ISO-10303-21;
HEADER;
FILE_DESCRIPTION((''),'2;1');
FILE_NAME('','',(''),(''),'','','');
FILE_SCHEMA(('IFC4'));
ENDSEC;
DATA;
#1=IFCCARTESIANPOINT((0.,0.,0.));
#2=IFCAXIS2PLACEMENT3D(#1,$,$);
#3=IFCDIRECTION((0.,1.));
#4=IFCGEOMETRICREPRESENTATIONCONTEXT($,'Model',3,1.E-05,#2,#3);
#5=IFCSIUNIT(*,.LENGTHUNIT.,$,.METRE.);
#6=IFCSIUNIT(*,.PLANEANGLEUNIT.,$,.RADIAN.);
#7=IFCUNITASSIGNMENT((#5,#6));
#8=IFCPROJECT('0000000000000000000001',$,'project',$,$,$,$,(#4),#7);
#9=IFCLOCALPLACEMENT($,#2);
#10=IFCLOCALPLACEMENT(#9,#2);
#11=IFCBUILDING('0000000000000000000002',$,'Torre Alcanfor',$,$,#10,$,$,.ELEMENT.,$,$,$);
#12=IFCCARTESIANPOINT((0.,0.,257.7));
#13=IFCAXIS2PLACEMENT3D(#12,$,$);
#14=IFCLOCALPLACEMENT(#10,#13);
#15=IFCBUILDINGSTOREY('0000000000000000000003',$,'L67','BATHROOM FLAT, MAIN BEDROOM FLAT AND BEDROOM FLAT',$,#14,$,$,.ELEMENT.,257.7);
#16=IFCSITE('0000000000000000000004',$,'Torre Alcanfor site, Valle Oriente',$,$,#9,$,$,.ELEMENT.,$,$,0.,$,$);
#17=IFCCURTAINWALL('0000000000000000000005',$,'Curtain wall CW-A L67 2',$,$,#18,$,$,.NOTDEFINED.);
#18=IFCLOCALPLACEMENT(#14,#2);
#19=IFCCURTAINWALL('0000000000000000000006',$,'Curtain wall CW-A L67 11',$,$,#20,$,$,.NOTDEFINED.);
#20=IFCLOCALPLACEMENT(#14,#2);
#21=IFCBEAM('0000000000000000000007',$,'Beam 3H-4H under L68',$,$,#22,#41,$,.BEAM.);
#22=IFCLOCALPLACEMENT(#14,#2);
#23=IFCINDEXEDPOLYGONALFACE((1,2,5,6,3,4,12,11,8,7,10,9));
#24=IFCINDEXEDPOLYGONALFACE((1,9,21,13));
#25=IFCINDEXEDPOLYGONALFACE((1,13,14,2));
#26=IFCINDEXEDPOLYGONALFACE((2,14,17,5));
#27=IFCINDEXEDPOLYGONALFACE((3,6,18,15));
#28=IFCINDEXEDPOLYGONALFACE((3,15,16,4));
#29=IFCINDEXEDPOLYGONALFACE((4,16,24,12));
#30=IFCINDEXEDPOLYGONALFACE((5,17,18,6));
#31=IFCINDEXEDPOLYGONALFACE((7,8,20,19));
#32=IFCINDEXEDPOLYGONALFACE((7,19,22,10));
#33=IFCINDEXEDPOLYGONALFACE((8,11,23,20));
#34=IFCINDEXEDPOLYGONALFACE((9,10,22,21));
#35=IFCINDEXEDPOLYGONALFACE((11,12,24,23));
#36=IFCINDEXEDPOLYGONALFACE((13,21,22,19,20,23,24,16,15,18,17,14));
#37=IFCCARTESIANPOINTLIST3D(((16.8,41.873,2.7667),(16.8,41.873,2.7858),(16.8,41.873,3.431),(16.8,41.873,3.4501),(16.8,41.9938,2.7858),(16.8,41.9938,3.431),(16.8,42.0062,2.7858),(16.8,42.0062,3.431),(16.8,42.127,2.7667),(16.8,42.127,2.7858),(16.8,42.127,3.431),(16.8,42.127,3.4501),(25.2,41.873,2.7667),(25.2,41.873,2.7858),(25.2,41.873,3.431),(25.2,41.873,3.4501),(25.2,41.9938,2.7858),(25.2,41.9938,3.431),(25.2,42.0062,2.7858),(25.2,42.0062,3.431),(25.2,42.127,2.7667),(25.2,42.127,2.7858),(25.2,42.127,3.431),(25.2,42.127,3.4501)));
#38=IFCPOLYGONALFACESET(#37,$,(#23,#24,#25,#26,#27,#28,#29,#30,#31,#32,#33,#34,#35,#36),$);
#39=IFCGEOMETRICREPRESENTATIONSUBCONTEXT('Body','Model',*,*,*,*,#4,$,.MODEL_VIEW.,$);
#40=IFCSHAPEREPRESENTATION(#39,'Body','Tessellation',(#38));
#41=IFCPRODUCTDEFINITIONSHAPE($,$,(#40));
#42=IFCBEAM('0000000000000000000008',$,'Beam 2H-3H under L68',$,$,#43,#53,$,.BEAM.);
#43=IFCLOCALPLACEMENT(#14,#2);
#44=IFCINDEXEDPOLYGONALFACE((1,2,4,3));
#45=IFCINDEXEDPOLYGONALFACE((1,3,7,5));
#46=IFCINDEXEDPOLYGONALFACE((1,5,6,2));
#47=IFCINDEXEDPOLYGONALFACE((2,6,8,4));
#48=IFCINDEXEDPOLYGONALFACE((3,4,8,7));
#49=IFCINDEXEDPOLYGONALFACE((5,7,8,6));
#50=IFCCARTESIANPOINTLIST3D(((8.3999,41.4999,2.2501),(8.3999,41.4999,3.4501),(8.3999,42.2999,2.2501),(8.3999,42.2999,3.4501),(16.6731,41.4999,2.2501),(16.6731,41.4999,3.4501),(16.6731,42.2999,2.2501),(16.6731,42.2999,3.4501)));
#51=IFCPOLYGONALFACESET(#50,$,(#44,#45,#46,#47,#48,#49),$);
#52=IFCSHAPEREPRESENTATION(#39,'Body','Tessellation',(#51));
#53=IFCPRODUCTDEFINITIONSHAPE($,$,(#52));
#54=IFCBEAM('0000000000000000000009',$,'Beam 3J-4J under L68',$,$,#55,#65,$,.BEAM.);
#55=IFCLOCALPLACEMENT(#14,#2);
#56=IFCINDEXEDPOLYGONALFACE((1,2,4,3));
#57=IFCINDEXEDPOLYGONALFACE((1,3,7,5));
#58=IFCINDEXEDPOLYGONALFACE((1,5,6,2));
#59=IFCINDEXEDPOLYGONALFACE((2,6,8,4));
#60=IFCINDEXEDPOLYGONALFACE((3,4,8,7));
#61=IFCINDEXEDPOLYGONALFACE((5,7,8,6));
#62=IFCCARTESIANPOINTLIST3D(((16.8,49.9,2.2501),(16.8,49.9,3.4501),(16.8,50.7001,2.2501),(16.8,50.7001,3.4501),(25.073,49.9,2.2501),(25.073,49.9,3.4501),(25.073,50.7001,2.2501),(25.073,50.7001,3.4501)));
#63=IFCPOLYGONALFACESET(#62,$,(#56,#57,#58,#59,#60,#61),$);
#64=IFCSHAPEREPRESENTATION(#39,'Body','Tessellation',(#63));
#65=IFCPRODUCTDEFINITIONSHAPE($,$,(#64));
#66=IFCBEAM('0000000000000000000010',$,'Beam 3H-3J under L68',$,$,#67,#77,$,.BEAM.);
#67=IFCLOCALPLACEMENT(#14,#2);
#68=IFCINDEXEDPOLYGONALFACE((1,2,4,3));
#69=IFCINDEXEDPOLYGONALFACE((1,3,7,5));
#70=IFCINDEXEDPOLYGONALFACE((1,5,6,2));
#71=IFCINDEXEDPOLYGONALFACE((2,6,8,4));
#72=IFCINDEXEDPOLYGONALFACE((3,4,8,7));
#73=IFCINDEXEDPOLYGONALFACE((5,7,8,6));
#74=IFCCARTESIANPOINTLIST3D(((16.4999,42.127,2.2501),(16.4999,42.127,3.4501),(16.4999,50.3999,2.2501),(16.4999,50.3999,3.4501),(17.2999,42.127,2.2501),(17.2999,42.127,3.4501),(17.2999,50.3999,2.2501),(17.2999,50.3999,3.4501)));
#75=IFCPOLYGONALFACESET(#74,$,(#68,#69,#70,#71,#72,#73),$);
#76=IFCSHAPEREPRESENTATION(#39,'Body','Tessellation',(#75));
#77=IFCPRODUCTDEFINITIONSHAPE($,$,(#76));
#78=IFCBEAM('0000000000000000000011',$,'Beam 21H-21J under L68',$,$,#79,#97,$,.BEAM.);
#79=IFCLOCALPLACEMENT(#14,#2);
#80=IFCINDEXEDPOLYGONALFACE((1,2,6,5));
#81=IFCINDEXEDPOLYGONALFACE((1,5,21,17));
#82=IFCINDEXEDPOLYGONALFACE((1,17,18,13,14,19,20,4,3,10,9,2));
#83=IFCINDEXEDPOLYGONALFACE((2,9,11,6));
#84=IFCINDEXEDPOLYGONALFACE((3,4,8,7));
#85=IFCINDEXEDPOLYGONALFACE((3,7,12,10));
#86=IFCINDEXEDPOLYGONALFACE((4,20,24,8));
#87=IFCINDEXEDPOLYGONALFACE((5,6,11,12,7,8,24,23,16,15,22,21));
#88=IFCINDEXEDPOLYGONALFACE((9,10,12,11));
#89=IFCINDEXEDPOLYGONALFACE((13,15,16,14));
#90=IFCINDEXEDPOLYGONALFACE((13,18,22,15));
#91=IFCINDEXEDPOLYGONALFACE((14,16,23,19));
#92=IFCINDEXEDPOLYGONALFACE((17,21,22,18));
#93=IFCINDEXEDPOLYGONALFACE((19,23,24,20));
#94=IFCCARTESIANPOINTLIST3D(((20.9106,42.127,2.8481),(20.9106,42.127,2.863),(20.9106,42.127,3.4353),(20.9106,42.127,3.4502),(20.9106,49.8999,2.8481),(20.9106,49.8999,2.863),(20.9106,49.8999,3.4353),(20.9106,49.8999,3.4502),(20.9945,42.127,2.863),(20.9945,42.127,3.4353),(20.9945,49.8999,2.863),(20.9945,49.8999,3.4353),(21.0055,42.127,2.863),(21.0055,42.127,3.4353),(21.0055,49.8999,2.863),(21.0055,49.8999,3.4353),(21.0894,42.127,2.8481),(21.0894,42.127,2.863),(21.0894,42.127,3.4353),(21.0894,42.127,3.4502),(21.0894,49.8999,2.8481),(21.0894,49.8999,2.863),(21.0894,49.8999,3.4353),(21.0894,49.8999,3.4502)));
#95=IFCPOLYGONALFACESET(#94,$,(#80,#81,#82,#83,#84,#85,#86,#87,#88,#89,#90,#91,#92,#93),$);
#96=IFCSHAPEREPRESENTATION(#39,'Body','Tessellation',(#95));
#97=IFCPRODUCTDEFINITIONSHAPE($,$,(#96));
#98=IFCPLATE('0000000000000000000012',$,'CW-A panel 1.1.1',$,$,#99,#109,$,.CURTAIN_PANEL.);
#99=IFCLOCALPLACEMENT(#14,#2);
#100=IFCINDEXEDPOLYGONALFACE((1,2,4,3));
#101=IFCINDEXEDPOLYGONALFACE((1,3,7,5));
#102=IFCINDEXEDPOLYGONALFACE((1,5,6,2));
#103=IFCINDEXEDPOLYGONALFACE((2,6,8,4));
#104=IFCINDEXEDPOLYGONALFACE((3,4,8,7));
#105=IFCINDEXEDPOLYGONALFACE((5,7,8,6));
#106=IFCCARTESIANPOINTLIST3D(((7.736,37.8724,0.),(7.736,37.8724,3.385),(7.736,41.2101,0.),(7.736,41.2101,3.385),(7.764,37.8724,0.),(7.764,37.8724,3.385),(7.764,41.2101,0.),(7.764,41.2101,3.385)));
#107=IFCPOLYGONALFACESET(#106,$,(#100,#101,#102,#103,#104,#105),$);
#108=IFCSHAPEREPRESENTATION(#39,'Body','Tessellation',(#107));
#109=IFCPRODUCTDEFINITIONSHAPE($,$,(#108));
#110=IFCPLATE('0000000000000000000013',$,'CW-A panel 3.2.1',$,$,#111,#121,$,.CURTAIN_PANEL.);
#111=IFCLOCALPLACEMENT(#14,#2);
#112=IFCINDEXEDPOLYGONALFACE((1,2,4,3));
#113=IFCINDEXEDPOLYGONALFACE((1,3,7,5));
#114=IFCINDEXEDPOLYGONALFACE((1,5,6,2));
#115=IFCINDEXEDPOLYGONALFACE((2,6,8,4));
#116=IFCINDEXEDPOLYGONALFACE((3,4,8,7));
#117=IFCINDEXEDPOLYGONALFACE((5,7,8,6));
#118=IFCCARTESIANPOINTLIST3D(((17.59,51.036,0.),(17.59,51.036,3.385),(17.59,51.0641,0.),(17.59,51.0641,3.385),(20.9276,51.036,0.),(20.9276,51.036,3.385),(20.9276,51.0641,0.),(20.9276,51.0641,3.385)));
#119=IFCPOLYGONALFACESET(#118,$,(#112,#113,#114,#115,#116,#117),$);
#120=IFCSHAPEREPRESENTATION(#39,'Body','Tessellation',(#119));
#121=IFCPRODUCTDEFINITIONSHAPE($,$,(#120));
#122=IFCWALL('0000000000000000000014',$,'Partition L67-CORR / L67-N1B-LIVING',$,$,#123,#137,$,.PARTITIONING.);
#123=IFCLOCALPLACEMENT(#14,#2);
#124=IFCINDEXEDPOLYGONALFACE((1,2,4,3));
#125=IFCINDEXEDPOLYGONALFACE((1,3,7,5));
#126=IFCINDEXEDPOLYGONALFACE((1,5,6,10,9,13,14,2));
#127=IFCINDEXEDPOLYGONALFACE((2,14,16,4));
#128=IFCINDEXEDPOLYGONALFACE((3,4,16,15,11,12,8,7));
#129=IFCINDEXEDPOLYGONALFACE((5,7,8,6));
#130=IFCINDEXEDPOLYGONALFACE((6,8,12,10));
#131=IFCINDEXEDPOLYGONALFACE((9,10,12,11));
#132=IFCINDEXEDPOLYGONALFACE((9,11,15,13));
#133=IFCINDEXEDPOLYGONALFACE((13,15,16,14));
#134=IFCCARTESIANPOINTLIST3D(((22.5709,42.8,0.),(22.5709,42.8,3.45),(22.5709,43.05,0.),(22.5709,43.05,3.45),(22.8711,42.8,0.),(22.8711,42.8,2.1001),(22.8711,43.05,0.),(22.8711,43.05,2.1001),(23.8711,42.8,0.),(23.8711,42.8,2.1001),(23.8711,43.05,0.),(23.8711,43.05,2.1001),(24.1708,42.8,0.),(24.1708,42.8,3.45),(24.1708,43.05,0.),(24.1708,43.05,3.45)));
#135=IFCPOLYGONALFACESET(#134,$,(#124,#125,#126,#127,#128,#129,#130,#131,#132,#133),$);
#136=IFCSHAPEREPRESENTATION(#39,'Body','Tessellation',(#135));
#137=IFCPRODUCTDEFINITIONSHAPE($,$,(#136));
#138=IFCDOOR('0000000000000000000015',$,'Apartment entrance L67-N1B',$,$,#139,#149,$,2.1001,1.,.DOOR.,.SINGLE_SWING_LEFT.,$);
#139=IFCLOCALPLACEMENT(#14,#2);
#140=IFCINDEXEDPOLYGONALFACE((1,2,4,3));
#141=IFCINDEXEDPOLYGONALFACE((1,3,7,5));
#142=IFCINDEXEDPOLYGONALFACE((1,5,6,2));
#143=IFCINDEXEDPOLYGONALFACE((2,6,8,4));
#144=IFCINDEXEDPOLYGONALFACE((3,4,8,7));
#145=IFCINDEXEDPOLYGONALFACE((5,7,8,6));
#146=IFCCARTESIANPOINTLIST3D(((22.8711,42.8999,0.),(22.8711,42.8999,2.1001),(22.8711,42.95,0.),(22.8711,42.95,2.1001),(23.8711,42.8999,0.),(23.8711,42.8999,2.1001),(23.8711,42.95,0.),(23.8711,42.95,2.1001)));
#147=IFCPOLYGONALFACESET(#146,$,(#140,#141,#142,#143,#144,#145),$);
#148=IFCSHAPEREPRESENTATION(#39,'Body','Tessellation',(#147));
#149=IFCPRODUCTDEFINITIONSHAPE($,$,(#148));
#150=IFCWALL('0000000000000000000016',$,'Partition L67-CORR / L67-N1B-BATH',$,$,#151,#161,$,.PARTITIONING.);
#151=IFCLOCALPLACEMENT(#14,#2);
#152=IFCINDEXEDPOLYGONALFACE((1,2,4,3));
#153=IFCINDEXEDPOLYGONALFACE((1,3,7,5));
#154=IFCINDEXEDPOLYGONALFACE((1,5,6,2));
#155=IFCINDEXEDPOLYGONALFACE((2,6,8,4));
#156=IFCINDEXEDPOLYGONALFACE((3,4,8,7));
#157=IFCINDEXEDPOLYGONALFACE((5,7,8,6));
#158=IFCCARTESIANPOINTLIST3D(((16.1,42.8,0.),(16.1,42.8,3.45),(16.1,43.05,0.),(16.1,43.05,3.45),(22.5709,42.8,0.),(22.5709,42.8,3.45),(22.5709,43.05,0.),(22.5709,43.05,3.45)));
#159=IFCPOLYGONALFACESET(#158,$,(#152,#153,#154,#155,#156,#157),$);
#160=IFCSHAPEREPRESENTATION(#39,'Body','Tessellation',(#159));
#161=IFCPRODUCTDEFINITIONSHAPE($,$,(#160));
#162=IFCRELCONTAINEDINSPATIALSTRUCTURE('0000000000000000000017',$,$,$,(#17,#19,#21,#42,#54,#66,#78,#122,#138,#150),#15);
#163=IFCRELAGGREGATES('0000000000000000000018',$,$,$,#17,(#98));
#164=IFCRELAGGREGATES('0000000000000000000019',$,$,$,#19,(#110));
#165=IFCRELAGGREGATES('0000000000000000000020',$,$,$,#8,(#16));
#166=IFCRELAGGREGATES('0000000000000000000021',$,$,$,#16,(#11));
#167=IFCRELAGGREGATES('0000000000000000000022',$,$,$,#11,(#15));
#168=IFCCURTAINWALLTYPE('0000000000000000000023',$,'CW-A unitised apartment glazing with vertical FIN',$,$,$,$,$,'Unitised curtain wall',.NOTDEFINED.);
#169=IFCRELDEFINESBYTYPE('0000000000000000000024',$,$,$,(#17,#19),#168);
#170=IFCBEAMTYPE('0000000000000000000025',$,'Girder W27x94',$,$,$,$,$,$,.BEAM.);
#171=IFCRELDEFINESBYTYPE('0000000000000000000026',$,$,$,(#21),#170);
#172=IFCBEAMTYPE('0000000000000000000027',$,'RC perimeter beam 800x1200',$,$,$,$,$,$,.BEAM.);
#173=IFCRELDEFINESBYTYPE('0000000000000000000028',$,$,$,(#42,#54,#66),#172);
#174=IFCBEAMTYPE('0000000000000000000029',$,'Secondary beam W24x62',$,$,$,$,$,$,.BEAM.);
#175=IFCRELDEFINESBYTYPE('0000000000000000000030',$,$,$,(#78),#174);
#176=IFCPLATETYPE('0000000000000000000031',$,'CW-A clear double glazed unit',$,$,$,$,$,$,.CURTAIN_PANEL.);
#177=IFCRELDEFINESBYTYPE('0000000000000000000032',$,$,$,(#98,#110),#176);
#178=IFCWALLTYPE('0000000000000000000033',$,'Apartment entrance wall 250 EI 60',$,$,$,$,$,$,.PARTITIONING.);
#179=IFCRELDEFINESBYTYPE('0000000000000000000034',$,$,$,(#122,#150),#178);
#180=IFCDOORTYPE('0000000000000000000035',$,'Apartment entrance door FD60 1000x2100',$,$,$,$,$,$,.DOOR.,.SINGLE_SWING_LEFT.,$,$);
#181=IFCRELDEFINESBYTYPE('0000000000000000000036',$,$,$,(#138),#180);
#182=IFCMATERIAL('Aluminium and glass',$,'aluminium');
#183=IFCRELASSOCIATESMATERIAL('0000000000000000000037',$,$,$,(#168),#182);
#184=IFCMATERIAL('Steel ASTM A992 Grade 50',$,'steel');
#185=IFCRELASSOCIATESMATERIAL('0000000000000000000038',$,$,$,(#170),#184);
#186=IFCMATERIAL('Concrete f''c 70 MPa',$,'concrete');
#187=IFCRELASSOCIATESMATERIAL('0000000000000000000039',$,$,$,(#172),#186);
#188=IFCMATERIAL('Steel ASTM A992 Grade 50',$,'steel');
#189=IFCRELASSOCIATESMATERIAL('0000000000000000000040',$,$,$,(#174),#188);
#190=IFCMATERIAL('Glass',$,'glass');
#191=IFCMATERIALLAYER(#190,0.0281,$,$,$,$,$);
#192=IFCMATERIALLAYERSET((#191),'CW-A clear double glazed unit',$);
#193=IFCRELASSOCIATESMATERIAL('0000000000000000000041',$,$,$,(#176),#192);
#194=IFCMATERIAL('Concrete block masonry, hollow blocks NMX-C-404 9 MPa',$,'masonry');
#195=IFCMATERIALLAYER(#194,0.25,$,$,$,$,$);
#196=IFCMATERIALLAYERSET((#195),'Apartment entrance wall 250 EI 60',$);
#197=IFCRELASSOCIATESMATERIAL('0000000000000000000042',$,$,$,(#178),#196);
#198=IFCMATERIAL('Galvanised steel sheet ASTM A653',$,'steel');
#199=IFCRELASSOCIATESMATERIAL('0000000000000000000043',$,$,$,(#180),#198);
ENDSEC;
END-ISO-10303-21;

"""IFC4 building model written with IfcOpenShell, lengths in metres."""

from ifc_helpers import new_model, si_unit, direction, frame, frame_2d, origin, origin_2d, place, context, subcontext, project, spatial, rectangle, i_section, extrude, material, layer, layer_set, material_profile, profile_set, type_object, element, fill, aggregate, save


model = new_model("IFC4")

# Units and contexts
model_context = context("Model", 3, precision=1e-05, world=origin(), true_north=direction((0.0, 1.0)))
body_context = subcontext(model_context, "Body", "Model", "MODEL_VIEW")
ifc_project = project(units=[si_unit("LENGTHUNIT", "METRE"), si_unit("PLANEANGLEUNIT", "RADIAN")], contexts=[model_context])

# Site, building, storey
site_placement = place(None, origin())
site = spatial("IfcSite", under=ifc_project, at=site_placement, Name="Torre Alcanfor site, Valle Oriente", CompositionType="ELEMENT", RefElevation=0.0)
building_placement = place(site_placement, origin())
building = spatial("IfcBuilding", under=site, at=building_placement, Name="Torre Alcanfor", CompositionType="ELEMENT")
storey_placement = place(building_placement, frame((0.0, 0.0, 257.7)))
storey = spatial("IfcBuildingStorey", under=building, at=storey_placement, Name="L67", Description="BATHROOM FLAT, MAIN BEDROOM FLAT AND BEDROOM FLAT", CompositionType="ELEMENT", Elevation=257.7)

# Curtain wall
ifc_material_1 = material(Name="Aluminium and glass", Category="aluminium")
curtain_wall_type = type_object("IfcCurtainWallType", Name="CW-A unitised apartment glazing with vertical FIN", ElementType="Unitised curtain wall", PredefinedType="NOTDEFINED", material=ifc_material_1)
curtain_wall_1_placement = place(storey_placement, origin())
curtain_wall_1 = element("IfcCurtainWall", 1, at=curtain_wall_1_placement, inside=storey, type_object=curtain_wall_type, Name="Curtain wall CW-A L67 2", PredefinedType="NOTDEFINED")

# Curtain wall
curtain_wall_2_placement = place(storey_placement, origin())
curtain_wall_2 = element("IfcCurtainWall", 2, at=curtain_wall_2_placement, inside=storey, type_object=curtain_wall_type, Name="Curtain wall CW-A L67 11", PredefinedType="NOTDEFINED")

# Beams
ifc_material_2 = material(Name="Steel ASTM A992 Grade 50", Category="steel")
ifc_material_profile_1 = material_profile(ifc_material_2, i_section(OverallWidth=0.2539, OverallDepth=0.6833, WebThickness=0.0125, FlangeThickness=0.019, at=origin_2d()), Name="W27x94")
ifc_profile_set_1 = profile_set([ifc_material_profile_1], Name="Steel ASTM A992 Grade 50")
beam_type_1 = type_object("IfcBeamType", Name="Girder W27x94", PredefinedType="BEAM", material=ifc_profile_set_1)
beam_1_placement = place(storey_placement, frame((16.8, 42.0, 3.1084), z_axis=(1.0, 0.0, 0.0), x_axis=(0.0, 1.0, 0.0)))
element("IfcBeam", 3, at=beam_1_placement, inside=storey, type_object=beam_type_1, Name="Beam 3H-4H under L68", PredefinedType="BEAM", context=body_context, shape_type="SweptSolid", body=[
    extrude(i_section(OverallWidth=0.2539, OverallDepth=0.6833, WebThickness=0.0125, FlangeThickness=0.019, at=origin_2d()), origin(), (0.0, 0.0, 1.0), 8.3999),
])
ifc_material_3 = material(Name="Concrete f'c 70 MPa", Category="concrete")
ifc_material_profile_2 = material_profile(ifc_material_3, rectangle(XDim=0.8, YDim=1.2, at=origin_2d()), Name="800x1200")
ifc_profile_set_2 = profile_set([ifc_material_profile_2], Name="Concrete f'c 70 MPa")
beam_type_2 = type_object("IfcBeamType", Name="RC perimeter beam 800x1200", PredefinedType="BEAM", material=ifc_profile_set_2)
beam_2_placement = place(storey_placement, frame((8.3999, 41.8999, 2.8501), z_axis=(1.0, 0.0, 0.0), x_axis=(0.0, 1.0, 0.0)))
element("IfcBeam", 4, at=beam_2_placement, inside=storey, type_object=beam_type_2, Name="Beam 2H-3H under L68", PredefinedType="BEAM", context=body_context, shape_type="SweptSolid", body=[
    extrude(rectangle(XDim=0.8, YDim=1.2, at=origin_2d()), origin(), (0.0, 0.0, 1.0), 8.2732),
])
for number, where, z_axis, x_axis, name in (
    (5, (16.8, 50.3, 2.8501), (1.0, 0.0, 0.0), (0.0, 1.0, 0.0), "Beam 3J-4J under L68"),
    (6, (16.8999, 42.127, 2.8501), (0.0, 1.0, 0.0), (-1.0, 0.0, 0.0), "Beam 3H-3J under L68"),
):
    element("IfcBeam", number, at=place(storey_placement, frame(where, z_axis=z_axis, x_axis=x_axis)), inside=storey, type_object=beam_type_2, Name=name, PredefinedType="BEAM", context=body_context, shape_type="SweptSolid", body=[
        extrude(rectangle(XDim=0.8, YDim=1.2, at=origin_2d()), origin(), (0.0, 0.0, 1.0), 8.2729),
    ])
ifc_material_4 = material(Name="Steel ASTM A992 Grade 50", Category="steel")
ifc_material_profile_3 = material_profile(ifc_material_4, i_section(OverallWidth=0.1787, OverallDepth=0.6021, WebThickness=0.011, FlangeThickness=0.0149, at=origin_2d()), Name="W24x62")
ifc_profile_set_3 = profile_set([ifc_material_profile_3], Name="Steel ASTM A992 Grade 50")
beam_type_3 = type_object("IfcBeamType", Name="Secondary beam W24x62", PredefinedType="BEAM", material=ifc_profile_set_3)
beam_3_placement = place(storey_placement, frame((21.0, 42.127, 3.1492), z_axis=(0.0, 1.0, 0.0), x_axis=(-1.0, 0.0, 0.0)))
element("IfcBeam", 7, at=beam_3_placement, inside=storey, type_object=beam_type_3, Name="Beam 21H-21J under L68", PredefinedType="BEAM", context=body_context, shape_type="SweptSolid", body=[
    extrude(i_section(OverallWidth=0.1787, OverallDepth=0.6021, WebThickness=0.011, FlangeThickness=0.0149, at=origin_2d()), origin(), (0.0, 0.0, 1.0), 7.7729),
])

# Plates
ifc_material_5 = material(Name="Glass", Category="glass")
ifc_layer_1 = layer(ifc_material_5, 0.0281)
ifc_layer_set_1 = layer_set([ifc_layer_1], Name="CW-A clear double glazed unit")
plate_type = type_object("IfcPlateType", Name="CW-A clear double glazed unit", PredefinedType="CURTAIN_PANEL", material=ifc_layer_set_1)
plate_1_placement = place(storey_placement, frame((7.75, 39.5413, 0.0), z_axis=(0.0, 0.0, 1.0), x_axis=(0.0, -1.0, 0.0)))
plate_1 = element("IfcPlate", 8, at=plate_1_placement, type_object=plate_type, Name="CW-A panel 1.1.1", PredefinedType="CURTAIN_PANEL", context=body_context, shape_type="SweptSolid", body=[
    extrude(rectangle(XDim=3.3376, YDim=0.0281, at=origin_2d()), origin(), (0.0, 0.0, 1.0), 3.385),
])
aggregate(curtain_wall_1, [plate_1])
plate_2_placement = place(storey_placement, frame((19.2588, 51.05, 0.0), z_axis=(0.0, 0.0, 1.0), x_axis=(-1.0, 0.0, 0.0)))
plate_2 = element("IfcPlate", 9, at=plate_2_placement, type_object=plate_type, Name="CW-A panel 3.2.1", PredefinedType="CURTAIN_PANEL", context=body_context, shape_type="SweptSolid", body=[
    extrude(rectangle(XDim=3.3376, YDim=0.0281, at=origin_2d()), origin(), (0.0, 0.0, 1.0), 3.385),
])
aggregate(curtain_wall_2, [plate_2])

# Wall, opening, door
ifc_material_6 = material(Name="Concrete block masonry, hollow blocks NMX-C-404 9 MPa", Category="masonry")
ifc_layer_2 = layer(ifc_material_6, 0.25)
ifc_layer_set_2 = layer_set([ifc_layer_2], Name="Apartment entrance wall 250 EI 60")
wall_type_1 = type_object("IfcWallType", Name="Apartment entrance wall 250 EI 60", PredefinedType="PARTITIONING", material=ifc_layer_set_2)
wall_1_placement = place(storey_placement, frame((22.571, 42.925, 0.0), z_axis=(0.0, 0.0, 1.0), x_axis=(1.0, 0.0, 0.0)))
wall_1 = element("IfcWall", 10, at=wall_1_placement, inside=storey, type_object=wall_type_1, Name="Partition L67-CORR / L67-N1B-LIVING", PredefinedType="PARTITIONING", context=body_context, shape_type="SweptSolid", body=[
    extrude(rectangle(XDim=1.5999, YDim=0.25, at=frame_2d((0.7998, 0.0))), origin(), (0.0, 0.0, 1.0), 3.45),
])
opening_1_placement = place(wall_1_placement, frame((0.3, 0.0, 0.0)))
opening_1 = element("IfcOpeningElement", 11, at=opening_1_placement, cuts=wall_1, PredefinedType="OPENING", context=body_context, shape_type="SweptSolid", body=[
    extrude(rectangle(XDim=1.0, YDim=2.1001, at=frame_2d((0.5, 1.05))), frame((0.0, 0.135, 0.0), z_axis=(0.0, -1.0, 0.0), x_axis=(1.0, 0.0, 0.0)), (0.0, 0.0, 1.0), 0.27),
])
ifc_material_7 = material(Name="Galvanised steel sheet ASTM A653", Category="steel")
door_type = type_object("IfcDoorType", Name="Apartment entrance door FD60 1000x2100", OperationType="SINGLE_SWING_LEFT", PredefinedType="DOOR", material=ifc_material_7)
door_placement = place(opening_1_placement, origin())
door = element("IfcDoor", 12, at=door_placement, inside=storey, type_object=door_type, Name="Apartment entrance L67-N1B", OperationType="SINGLE_SWING_LEFT", OverallHeight=2.1001, OverallWidth=1.0, PredefinedType="DOOR", context=body_context, shape_type="SweptSolid", body=[
    extrude(rectangle(XDim=1.0, YDim=2.1001, at=frame_2d((0.5, 1.05))), frame((0.0, 0.0249, 0.0), z_axis=(0.0, -1.0, 0.0), x_axis=(1.0, 0.0, 0.0)), (0.0, 0.0, 1.0), 0.05),
])
fill(opening_1, door)

# Wall
wall_2_placement = place(storey_placement, frame((16.1001, 42.925, 0.0), z_axis=(0.0, 0.0, 1.0), x_axis=(1.0, 0.0, 0.0)))
element("IfcWall", 13, at=wall_2_placement, inside=storey, type_object=wall_type_1, Name="Partition L67-CORR / L67-N1B-BATH", PredefinedType="PARTITIONING", context=body_context, shape_type="SweptSolid", body=[
    extrude(rectangle(XDim=6.4709, YDim=0.25, at=frame_2d((3.2354, 0.0))), origin(), (0.0, 0.0, 1.0), 3.45),
])

save(model, "model.ifc")
